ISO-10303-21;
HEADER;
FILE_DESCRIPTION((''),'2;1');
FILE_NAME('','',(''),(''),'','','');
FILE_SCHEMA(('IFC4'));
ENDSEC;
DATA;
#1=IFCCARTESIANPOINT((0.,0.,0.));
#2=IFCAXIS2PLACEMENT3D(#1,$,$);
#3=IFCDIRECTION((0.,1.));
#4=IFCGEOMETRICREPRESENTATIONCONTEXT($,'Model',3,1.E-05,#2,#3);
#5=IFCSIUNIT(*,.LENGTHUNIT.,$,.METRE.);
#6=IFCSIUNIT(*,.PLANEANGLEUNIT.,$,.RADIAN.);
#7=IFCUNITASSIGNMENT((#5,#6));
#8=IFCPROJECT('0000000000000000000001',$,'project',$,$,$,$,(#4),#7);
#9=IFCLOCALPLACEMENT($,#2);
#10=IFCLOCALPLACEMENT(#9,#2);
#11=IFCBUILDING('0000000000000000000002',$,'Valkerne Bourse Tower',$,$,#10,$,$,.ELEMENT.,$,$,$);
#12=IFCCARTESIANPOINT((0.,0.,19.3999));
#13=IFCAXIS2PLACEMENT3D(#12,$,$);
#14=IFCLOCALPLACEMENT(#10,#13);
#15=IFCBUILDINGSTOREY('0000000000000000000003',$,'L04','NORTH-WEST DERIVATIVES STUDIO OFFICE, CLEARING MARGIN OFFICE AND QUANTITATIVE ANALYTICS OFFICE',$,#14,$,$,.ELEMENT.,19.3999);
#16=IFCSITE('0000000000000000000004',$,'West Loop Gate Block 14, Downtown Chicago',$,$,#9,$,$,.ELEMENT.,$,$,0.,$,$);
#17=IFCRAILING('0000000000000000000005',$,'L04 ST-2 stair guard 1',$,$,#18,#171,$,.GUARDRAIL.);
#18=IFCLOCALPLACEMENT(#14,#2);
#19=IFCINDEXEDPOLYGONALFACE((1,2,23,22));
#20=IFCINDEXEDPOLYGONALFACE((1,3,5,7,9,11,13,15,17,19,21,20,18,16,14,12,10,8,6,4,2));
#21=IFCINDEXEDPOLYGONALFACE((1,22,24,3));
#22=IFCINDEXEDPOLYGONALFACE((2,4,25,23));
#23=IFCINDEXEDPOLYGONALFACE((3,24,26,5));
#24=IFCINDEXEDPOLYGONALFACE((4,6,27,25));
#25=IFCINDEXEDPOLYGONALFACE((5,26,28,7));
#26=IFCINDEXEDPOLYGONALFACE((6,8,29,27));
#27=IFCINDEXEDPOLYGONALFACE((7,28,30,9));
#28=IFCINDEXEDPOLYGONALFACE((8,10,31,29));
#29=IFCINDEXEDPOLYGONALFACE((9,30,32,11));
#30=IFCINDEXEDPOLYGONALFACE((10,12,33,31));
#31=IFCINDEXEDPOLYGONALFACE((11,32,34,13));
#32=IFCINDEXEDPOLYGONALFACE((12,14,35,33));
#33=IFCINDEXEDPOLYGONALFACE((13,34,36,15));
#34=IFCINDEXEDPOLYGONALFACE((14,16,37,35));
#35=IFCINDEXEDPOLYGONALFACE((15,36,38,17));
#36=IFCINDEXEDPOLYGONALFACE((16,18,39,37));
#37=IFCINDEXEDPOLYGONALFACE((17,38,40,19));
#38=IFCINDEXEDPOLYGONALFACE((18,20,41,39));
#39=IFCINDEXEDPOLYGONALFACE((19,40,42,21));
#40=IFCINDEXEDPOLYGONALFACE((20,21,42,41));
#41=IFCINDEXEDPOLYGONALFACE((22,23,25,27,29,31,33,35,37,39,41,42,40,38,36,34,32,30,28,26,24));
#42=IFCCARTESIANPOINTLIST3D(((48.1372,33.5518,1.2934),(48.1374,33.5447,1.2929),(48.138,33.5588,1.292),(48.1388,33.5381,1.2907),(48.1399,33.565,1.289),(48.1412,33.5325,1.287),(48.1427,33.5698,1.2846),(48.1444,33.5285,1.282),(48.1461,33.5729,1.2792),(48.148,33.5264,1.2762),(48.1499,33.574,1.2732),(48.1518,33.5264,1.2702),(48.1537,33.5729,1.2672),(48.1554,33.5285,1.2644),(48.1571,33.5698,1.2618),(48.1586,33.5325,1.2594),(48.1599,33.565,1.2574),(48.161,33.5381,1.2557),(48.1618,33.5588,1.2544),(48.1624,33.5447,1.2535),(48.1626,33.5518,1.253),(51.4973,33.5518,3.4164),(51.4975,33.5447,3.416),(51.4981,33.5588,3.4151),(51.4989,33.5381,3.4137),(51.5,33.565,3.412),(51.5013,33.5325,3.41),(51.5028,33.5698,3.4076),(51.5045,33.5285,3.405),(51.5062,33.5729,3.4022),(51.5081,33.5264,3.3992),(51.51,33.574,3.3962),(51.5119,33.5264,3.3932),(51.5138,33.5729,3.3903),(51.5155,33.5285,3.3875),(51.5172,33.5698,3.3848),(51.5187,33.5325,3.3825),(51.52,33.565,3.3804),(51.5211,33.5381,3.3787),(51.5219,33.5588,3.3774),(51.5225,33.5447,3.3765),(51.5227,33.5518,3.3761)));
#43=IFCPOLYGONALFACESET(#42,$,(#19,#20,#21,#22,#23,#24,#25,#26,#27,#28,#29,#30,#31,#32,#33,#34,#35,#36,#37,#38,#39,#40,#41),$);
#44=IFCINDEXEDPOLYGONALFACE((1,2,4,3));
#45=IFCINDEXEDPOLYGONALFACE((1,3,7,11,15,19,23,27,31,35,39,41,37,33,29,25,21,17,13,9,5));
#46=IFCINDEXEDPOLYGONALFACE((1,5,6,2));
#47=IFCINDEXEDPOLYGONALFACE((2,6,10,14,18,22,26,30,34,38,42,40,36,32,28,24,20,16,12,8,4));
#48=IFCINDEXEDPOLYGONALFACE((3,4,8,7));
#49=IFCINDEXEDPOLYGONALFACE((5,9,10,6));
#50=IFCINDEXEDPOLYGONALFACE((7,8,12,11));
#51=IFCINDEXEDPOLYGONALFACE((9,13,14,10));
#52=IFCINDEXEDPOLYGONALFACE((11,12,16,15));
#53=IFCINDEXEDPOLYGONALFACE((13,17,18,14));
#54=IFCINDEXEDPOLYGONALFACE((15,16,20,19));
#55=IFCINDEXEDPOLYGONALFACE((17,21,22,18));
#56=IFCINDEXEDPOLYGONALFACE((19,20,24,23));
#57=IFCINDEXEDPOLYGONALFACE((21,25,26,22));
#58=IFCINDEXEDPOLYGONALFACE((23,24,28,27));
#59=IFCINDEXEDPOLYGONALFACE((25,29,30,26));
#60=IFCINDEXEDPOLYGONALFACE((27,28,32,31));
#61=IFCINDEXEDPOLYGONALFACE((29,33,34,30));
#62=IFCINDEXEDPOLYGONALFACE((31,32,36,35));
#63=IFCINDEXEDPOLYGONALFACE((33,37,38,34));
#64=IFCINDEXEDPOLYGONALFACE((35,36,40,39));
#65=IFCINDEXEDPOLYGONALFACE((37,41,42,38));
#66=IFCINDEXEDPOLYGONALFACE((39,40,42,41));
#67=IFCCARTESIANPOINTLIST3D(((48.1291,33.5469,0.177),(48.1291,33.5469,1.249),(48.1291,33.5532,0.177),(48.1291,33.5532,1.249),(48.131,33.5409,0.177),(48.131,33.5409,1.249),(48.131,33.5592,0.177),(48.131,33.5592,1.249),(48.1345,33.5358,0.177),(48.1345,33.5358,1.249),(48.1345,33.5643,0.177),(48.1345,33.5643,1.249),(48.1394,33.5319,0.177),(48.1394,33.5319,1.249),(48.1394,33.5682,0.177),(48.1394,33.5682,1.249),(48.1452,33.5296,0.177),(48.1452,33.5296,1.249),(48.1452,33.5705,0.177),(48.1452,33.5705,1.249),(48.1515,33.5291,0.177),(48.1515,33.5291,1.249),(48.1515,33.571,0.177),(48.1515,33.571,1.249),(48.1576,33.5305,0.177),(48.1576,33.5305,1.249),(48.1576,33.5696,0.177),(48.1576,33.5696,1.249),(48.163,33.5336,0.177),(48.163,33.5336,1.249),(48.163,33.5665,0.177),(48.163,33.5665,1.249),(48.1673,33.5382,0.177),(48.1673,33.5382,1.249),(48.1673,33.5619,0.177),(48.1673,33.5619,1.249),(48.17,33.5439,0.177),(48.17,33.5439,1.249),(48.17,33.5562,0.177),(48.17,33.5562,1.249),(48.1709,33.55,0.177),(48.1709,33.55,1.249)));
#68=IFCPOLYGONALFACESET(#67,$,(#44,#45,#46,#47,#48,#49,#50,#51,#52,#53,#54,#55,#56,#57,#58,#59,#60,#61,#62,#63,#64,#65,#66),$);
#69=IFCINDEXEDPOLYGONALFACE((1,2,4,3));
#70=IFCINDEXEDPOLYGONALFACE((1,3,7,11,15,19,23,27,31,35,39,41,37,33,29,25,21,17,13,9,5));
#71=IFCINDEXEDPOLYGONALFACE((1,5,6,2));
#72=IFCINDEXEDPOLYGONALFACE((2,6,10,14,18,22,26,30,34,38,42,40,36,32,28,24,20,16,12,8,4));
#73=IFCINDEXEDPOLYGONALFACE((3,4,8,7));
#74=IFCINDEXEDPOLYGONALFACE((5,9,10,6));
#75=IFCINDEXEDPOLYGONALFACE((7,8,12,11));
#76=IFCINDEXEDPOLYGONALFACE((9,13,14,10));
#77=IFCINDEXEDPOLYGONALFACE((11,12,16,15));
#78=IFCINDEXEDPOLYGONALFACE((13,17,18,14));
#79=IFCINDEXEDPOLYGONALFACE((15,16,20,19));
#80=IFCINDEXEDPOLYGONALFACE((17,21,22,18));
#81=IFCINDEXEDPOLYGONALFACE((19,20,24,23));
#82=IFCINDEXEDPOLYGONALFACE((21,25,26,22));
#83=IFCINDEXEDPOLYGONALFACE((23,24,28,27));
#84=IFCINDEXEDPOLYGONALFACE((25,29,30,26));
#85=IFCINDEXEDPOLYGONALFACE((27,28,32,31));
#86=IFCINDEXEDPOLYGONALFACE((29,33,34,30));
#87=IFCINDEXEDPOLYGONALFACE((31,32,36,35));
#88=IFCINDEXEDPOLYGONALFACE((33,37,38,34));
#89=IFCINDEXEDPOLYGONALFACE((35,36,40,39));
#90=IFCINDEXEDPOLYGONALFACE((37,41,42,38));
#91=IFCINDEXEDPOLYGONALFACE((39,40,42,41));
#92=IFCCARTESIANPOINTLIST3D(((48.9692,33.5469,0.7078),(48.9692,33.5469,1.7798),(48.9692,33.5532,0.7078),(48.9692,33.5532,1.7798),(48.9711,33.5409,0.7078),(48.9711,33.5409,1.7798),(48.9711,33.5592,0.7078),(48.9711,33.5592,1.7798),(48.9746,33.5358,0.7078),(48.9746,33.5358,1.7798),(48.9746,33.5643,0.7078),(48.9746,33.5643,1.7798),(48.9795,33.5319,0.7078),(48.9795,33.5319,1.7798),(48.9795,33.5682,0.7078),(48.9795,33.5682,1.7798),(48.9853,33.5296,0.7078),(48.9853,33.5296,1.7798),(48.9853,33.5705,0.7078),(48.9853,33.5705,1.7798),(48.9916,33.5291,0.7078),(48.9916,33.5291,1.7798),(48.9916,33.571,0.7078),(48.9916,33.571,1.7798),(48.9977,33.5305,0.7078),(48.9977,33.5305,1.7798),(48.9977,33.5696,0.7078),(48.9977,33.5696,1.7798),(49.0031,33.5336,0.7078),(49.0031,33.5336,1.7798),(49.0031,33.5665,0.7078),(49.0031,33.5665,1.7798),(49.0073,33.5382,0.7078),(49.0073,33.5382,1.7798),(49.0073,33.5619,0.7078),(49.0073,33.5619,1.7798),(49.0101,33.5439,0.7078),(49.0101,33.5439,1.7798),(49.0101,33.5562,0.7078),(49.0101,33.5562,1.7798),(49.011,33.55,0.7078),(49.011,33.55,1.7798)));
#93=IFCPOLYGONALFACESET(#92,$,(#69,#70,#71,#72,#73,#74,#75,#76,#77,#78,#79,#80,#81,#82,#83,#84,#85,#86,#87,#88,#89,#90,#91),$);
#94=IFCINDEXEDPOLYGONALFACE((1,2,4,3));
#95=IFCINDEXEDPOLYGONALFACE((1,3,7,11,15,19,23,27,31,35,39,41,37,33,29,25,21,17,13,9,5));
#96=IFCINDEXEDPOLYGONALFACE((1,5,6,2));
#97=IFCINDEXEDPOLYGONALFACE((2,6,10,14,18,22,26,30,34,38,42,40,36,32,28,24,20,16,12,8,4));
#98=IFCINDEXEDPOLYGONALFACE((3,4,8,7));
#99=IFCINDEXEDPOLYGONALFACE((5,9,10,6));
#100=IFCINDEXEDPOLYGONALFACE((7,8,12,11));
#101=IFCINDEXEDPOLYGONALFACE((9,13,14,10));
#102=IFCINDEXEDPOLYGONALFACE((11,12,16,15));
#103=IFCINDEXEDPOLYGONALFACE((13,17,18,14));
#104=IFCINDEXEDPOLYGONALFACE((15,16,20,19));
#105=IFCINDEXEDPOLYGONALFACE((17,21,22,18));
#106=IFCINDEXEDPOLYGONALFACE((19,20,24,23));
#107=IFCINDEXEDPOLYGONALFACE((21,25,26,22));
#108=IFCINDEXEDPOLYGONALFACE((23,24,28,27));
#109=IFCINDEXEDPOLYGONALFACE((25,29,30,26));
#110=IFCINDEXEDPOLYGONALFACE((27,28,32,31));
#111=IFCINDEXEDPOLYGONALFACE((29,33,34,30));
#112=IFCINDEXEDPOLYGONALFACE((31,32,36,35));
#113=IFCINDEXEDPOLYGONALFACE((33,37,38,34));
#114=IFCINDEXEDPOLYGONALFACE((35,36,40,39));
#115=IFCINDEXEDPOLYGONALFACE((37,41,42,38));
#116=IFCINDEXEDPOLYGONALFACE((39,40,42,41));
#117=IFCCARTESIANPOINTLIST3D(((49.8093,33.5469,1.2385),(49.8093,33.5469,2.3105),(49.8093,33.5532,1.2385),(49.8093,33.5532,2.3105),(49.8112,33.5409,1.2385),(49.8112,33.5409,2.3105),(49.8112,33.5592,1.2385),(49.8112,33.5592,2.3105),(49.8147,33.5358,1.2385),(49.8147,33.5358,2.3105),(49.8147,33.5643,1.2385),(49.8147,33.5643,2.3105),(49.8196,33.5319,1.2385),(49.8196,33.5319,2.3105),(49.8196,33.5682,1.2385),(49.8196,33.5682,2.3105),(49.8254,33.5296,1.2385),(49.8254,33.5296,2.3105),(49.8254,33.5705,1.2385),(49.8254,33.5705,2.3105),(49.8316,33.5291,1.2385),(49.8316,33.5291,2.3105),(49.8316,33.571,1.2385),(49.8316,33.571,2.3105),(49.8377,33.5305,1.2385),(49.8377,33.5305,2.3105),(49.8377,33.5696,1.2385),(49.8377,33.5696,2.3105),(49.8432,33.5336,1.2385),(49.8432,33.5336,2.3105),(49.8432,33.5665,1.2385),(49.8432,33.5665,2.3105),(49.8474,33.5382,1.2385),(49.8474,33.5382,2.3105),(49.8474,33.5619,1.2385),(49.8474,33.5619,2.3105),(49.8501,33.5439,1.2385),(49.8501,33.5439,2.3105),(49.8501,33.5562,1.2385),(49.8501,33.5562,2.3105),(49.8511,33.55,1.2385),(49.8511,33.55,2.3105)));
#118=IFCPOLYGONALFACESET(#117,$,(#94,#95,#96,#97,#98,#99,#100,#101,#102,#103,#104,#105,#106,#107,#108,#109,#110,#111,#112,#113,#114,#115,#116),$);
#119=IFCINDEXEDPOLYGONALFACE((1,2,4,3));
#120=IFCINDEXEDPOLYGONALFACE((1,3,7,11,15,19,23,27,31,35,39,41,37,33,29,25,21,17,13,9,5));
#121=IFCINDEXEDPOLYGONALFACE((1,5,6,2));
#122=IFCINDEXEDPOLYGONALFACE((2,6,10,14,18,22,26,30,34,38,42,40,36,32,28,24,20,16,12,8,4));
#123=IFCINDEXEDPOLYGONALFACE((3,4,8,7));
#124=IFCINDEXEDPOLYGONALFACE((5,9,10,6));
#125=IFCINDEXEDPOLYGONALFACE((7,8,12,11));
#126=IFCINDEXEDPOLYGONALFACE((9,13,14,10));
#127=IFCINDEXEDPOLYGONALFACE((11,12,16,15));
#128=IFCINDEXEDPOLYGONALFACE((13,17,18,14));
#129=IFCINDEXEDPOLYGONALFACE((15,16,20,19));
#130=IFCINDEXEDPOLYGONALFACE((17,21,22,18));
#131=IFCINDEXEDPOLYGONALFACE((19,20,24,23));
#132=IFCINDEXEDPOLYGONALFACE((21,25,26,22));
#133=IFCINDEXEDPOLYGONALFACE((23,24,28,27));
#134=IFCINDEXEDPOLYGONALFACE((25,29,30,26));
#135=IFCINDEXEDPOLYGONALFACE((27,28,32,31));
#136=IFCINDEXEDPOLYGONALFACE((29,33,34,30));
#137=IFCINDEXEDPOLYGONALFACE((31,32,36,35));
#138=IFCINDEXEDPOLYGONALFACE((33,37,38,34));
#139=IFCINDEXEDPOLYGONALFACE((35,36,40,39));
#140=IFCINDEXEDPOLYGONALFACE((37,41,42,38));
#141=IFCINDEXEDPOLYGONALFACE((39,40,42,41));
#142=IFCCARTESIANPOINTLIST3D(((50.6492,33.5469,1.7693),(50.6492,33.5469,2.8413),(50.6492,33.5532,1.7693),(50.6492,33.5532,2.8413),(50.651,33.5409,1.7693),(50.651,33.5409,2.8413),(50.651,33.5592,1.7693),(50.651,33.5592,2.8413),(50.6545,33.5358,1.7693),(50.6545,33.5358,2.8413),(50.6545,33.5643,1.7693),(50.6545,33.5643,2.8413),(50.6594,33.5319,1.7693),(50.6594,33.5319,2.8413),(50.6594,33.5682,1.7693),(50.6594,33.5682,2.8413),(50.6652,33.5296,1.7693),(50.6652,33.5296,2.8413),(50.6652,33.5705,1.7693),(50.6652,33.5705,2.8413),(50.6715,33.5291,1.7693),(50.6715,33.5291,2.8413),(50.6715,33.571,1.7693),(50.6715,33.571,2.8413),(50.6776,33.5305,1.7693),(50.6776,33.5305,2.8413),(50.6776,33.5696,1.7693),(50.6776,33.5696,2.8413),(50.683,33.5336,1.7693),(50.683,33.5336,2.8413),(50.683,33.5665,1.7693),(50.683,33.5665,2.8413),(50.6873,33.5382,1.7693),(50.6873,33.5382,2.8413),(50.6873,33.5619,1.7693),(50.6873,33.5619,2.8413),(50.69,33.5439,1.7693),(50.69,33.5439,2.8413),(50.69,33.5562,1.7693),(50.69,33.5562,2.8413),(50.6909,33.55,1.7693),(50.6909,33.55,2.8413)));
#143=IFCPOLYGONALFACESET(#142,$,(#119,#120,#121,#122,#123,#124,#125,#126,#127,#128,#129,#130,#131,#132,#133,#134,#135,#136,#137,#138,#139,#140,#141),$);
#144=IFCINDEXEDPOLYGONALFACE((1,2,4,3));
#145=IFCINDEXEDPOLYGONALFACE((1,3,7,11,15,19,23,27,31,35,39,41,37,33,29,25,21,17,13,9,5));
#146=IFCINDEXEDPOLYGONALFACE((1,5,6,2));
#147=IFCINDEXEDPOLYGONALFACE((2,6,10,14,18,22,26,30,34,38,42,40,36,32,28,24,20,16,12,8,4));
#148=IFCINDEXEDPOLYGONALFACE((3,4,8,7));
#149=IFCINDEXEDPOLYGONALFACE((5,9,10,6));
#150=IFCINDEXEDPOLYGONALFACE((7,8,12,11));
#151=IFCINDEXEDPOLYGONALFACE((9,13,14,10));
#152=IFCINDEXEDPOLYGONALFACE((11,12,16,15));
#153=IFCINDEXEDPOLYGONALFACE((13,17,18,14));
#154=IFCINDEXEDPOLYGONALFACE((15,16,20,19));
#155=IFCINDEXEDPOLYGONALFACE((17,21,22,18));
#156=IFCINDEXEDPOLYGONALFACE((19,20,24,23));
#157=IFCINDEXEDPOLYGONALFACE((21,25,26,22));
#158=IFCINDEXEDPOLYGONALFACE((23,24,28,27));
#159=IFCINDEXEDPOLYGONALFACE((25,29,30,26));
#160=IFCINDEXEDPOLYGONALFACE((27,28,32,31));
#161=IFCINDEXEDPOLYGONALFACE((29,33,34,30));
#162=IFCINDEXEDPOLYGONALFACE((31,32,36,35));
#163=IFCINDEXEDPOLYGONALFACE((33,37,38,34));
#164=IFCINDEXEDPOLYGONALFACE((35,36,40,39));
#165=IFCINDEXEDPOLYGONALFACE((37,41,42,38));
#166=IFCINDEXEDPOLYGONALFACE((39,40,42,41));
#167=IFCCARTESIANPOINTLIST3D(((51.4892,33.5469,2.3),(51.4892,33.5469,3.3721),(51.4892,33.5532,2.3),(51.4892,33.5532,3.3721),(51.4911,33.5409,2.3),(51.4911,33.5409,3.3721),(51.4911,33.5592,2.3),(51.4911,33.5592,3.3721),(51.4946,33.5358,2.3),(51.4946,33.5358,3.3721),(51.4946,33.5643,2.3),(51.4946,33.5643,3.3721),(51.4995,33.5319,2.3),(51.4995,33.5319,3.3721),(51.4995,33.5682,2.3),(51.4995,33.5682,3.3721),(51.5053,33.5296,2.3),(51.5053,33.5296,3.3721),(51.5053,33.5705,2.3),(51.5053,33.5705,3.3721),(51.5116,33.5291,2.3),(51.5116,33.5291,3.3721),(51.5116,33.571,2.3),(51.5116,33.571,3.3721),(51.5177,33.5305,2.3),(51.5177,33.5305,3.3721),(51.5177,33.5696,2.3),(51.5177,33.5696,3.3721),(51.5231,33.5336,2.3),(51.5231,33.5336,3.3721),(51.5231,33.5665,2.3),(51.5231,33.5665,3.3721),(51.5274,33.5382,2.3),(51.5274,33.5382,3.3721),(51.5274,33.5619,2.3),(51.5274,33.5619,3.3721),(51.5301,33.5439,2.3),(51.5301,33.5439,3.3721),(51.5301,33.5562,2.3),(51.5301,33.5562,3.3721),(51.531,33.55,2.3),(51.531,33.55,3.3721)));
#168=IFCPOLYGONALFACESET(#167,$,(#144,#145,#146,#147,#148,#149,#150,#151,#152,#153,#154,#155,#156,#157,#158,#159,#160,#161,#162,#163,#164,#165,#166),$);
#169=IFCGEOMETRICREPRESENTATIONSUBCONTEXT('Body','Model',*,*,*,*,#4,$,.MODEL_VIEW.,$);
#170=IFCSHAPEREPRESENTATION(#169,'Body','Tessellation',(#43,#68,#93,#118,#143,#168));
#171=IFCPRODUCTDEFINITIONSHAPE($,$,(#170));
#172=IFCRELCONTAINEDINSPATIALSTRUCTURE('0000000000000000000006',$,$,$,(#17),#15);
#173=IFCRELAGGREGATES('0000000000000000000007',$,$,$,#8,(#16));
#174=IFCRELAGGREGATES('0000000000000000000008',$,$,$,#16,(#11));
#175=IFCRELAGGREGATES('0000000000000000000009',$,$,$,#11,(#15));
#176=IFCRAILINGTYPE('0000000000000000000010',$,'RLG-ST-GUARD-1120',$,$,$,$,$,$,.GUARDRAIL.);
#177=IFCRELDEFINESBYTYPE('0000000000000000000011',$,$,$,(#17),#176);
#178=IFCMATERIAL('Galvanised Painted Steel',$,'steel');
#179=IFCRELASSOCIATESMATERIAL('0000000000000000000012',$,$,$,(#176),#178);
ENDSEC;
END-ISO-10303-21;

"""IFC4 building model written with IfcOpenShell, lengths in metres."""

from ifc_helpers import new_model, si_unit, direction, frame, origin, origin_2d, place, context, subcontext, project, spatial, circle, extrude, material, type_object, element, save


model = new_model("IFC4")

# Units and contexts
model_context = context("Model", 3, precision=1e-05, world=origin(), true_north=direction((0.0, 1.0)))
body_context = subcontext(model_context, "Body", "Model", "MODEL_VIEW")
ifc_project = project(units=[si_unit("LENGTHUNIT", "METRE"), si_unit("PLANEANGLEUNIT", "RADIAN")], contexts=[model_context])

# Site, building, storey
site_placement = place(None, origin())
site = spatial("IfcSite", under=ifc_project, at=site_placement, Name="West Loop Gate Block 14, Downtown Chicago", CompositionType="ELEMENT", RefElevation=0.0)
building_placement = place(site_placement, origin())
building = spatial("IfcBuilding", under=site, at=building_placement, Name="Valkerne Bourse Tower", CompositionType="ELEMENT")
storey_placement = place(building_placement, frame((0.0, 0.0, 19.3999)))
storey = spatial("IfcBuildingStorey", under=building, at=storey_placement, Name="L04", Description="NORTH-WEST DERIVATIVES STUDIO OFFICE, CLEARING MARGIN OFFICE AND QUANTITATIVE ANALYTICS OFFICE", CompositionType="ELEMENT", Elevation=19.3999)

# Shared definitions
ifc_material_1 = material(Name="Galvanised Painted Steel", Category="steel")

# Railing
railing_type_1 = type_object("IfcRailingType", Name="RLG-ST-GUARD-1120", PredefinedType="GUARDRAIL", material=ifc_material_1)
railing_1_placement = place(storey_placement, frame((48.1499, 33.55, 0.177)))
element("IfcRailing", 1, at=railing_1_placement, inside=storey, type_object=railing_type_1, Name="L04 ST-2 stair guard 1", PredefinedType="GUARDRAIL", context=body_context, shape_type="SweptSolid", body=[
    extrude(circle(Radius=0.0239, at=origin_2d()), frame((0.0, 0.0, 1.0962), z_axis=(0.84539, 0.0, 0.53415), x_axis=(0.0, 1.0, 0.0)), (0.0, 0.0, 1.0), 3.9746),
    extrude(circle(Radius=0.021, at=origin_2d()), origin(), (0.0, 0.0, 1.0), 1.072),
    extrude(circle(Radius=0.021, at=origin_2d()), frame((0.8401, 0.0, 0.5308)), (0.0, 0.0, 1.0), 1.072),
    extrude(circle(Radius=0.021, at=origin_2d()), frame((1.6802, 0.0, 1.0615)), (0.0, 0.0, 1.0), 1.072),
    extrude(circle(Radius=0.021, at=origin_2d()), frame((2.52, 0.0, 1.5923)), (0.0, 0.0, 1.0), 1.072),
    extrude(circle(Radius=0.021, at=origin_2d()), frame((3.3601, 0.0, 2.123)), (0.0, 0.0, 1.0), 1.072),
])

save(model, "model.ifc")
